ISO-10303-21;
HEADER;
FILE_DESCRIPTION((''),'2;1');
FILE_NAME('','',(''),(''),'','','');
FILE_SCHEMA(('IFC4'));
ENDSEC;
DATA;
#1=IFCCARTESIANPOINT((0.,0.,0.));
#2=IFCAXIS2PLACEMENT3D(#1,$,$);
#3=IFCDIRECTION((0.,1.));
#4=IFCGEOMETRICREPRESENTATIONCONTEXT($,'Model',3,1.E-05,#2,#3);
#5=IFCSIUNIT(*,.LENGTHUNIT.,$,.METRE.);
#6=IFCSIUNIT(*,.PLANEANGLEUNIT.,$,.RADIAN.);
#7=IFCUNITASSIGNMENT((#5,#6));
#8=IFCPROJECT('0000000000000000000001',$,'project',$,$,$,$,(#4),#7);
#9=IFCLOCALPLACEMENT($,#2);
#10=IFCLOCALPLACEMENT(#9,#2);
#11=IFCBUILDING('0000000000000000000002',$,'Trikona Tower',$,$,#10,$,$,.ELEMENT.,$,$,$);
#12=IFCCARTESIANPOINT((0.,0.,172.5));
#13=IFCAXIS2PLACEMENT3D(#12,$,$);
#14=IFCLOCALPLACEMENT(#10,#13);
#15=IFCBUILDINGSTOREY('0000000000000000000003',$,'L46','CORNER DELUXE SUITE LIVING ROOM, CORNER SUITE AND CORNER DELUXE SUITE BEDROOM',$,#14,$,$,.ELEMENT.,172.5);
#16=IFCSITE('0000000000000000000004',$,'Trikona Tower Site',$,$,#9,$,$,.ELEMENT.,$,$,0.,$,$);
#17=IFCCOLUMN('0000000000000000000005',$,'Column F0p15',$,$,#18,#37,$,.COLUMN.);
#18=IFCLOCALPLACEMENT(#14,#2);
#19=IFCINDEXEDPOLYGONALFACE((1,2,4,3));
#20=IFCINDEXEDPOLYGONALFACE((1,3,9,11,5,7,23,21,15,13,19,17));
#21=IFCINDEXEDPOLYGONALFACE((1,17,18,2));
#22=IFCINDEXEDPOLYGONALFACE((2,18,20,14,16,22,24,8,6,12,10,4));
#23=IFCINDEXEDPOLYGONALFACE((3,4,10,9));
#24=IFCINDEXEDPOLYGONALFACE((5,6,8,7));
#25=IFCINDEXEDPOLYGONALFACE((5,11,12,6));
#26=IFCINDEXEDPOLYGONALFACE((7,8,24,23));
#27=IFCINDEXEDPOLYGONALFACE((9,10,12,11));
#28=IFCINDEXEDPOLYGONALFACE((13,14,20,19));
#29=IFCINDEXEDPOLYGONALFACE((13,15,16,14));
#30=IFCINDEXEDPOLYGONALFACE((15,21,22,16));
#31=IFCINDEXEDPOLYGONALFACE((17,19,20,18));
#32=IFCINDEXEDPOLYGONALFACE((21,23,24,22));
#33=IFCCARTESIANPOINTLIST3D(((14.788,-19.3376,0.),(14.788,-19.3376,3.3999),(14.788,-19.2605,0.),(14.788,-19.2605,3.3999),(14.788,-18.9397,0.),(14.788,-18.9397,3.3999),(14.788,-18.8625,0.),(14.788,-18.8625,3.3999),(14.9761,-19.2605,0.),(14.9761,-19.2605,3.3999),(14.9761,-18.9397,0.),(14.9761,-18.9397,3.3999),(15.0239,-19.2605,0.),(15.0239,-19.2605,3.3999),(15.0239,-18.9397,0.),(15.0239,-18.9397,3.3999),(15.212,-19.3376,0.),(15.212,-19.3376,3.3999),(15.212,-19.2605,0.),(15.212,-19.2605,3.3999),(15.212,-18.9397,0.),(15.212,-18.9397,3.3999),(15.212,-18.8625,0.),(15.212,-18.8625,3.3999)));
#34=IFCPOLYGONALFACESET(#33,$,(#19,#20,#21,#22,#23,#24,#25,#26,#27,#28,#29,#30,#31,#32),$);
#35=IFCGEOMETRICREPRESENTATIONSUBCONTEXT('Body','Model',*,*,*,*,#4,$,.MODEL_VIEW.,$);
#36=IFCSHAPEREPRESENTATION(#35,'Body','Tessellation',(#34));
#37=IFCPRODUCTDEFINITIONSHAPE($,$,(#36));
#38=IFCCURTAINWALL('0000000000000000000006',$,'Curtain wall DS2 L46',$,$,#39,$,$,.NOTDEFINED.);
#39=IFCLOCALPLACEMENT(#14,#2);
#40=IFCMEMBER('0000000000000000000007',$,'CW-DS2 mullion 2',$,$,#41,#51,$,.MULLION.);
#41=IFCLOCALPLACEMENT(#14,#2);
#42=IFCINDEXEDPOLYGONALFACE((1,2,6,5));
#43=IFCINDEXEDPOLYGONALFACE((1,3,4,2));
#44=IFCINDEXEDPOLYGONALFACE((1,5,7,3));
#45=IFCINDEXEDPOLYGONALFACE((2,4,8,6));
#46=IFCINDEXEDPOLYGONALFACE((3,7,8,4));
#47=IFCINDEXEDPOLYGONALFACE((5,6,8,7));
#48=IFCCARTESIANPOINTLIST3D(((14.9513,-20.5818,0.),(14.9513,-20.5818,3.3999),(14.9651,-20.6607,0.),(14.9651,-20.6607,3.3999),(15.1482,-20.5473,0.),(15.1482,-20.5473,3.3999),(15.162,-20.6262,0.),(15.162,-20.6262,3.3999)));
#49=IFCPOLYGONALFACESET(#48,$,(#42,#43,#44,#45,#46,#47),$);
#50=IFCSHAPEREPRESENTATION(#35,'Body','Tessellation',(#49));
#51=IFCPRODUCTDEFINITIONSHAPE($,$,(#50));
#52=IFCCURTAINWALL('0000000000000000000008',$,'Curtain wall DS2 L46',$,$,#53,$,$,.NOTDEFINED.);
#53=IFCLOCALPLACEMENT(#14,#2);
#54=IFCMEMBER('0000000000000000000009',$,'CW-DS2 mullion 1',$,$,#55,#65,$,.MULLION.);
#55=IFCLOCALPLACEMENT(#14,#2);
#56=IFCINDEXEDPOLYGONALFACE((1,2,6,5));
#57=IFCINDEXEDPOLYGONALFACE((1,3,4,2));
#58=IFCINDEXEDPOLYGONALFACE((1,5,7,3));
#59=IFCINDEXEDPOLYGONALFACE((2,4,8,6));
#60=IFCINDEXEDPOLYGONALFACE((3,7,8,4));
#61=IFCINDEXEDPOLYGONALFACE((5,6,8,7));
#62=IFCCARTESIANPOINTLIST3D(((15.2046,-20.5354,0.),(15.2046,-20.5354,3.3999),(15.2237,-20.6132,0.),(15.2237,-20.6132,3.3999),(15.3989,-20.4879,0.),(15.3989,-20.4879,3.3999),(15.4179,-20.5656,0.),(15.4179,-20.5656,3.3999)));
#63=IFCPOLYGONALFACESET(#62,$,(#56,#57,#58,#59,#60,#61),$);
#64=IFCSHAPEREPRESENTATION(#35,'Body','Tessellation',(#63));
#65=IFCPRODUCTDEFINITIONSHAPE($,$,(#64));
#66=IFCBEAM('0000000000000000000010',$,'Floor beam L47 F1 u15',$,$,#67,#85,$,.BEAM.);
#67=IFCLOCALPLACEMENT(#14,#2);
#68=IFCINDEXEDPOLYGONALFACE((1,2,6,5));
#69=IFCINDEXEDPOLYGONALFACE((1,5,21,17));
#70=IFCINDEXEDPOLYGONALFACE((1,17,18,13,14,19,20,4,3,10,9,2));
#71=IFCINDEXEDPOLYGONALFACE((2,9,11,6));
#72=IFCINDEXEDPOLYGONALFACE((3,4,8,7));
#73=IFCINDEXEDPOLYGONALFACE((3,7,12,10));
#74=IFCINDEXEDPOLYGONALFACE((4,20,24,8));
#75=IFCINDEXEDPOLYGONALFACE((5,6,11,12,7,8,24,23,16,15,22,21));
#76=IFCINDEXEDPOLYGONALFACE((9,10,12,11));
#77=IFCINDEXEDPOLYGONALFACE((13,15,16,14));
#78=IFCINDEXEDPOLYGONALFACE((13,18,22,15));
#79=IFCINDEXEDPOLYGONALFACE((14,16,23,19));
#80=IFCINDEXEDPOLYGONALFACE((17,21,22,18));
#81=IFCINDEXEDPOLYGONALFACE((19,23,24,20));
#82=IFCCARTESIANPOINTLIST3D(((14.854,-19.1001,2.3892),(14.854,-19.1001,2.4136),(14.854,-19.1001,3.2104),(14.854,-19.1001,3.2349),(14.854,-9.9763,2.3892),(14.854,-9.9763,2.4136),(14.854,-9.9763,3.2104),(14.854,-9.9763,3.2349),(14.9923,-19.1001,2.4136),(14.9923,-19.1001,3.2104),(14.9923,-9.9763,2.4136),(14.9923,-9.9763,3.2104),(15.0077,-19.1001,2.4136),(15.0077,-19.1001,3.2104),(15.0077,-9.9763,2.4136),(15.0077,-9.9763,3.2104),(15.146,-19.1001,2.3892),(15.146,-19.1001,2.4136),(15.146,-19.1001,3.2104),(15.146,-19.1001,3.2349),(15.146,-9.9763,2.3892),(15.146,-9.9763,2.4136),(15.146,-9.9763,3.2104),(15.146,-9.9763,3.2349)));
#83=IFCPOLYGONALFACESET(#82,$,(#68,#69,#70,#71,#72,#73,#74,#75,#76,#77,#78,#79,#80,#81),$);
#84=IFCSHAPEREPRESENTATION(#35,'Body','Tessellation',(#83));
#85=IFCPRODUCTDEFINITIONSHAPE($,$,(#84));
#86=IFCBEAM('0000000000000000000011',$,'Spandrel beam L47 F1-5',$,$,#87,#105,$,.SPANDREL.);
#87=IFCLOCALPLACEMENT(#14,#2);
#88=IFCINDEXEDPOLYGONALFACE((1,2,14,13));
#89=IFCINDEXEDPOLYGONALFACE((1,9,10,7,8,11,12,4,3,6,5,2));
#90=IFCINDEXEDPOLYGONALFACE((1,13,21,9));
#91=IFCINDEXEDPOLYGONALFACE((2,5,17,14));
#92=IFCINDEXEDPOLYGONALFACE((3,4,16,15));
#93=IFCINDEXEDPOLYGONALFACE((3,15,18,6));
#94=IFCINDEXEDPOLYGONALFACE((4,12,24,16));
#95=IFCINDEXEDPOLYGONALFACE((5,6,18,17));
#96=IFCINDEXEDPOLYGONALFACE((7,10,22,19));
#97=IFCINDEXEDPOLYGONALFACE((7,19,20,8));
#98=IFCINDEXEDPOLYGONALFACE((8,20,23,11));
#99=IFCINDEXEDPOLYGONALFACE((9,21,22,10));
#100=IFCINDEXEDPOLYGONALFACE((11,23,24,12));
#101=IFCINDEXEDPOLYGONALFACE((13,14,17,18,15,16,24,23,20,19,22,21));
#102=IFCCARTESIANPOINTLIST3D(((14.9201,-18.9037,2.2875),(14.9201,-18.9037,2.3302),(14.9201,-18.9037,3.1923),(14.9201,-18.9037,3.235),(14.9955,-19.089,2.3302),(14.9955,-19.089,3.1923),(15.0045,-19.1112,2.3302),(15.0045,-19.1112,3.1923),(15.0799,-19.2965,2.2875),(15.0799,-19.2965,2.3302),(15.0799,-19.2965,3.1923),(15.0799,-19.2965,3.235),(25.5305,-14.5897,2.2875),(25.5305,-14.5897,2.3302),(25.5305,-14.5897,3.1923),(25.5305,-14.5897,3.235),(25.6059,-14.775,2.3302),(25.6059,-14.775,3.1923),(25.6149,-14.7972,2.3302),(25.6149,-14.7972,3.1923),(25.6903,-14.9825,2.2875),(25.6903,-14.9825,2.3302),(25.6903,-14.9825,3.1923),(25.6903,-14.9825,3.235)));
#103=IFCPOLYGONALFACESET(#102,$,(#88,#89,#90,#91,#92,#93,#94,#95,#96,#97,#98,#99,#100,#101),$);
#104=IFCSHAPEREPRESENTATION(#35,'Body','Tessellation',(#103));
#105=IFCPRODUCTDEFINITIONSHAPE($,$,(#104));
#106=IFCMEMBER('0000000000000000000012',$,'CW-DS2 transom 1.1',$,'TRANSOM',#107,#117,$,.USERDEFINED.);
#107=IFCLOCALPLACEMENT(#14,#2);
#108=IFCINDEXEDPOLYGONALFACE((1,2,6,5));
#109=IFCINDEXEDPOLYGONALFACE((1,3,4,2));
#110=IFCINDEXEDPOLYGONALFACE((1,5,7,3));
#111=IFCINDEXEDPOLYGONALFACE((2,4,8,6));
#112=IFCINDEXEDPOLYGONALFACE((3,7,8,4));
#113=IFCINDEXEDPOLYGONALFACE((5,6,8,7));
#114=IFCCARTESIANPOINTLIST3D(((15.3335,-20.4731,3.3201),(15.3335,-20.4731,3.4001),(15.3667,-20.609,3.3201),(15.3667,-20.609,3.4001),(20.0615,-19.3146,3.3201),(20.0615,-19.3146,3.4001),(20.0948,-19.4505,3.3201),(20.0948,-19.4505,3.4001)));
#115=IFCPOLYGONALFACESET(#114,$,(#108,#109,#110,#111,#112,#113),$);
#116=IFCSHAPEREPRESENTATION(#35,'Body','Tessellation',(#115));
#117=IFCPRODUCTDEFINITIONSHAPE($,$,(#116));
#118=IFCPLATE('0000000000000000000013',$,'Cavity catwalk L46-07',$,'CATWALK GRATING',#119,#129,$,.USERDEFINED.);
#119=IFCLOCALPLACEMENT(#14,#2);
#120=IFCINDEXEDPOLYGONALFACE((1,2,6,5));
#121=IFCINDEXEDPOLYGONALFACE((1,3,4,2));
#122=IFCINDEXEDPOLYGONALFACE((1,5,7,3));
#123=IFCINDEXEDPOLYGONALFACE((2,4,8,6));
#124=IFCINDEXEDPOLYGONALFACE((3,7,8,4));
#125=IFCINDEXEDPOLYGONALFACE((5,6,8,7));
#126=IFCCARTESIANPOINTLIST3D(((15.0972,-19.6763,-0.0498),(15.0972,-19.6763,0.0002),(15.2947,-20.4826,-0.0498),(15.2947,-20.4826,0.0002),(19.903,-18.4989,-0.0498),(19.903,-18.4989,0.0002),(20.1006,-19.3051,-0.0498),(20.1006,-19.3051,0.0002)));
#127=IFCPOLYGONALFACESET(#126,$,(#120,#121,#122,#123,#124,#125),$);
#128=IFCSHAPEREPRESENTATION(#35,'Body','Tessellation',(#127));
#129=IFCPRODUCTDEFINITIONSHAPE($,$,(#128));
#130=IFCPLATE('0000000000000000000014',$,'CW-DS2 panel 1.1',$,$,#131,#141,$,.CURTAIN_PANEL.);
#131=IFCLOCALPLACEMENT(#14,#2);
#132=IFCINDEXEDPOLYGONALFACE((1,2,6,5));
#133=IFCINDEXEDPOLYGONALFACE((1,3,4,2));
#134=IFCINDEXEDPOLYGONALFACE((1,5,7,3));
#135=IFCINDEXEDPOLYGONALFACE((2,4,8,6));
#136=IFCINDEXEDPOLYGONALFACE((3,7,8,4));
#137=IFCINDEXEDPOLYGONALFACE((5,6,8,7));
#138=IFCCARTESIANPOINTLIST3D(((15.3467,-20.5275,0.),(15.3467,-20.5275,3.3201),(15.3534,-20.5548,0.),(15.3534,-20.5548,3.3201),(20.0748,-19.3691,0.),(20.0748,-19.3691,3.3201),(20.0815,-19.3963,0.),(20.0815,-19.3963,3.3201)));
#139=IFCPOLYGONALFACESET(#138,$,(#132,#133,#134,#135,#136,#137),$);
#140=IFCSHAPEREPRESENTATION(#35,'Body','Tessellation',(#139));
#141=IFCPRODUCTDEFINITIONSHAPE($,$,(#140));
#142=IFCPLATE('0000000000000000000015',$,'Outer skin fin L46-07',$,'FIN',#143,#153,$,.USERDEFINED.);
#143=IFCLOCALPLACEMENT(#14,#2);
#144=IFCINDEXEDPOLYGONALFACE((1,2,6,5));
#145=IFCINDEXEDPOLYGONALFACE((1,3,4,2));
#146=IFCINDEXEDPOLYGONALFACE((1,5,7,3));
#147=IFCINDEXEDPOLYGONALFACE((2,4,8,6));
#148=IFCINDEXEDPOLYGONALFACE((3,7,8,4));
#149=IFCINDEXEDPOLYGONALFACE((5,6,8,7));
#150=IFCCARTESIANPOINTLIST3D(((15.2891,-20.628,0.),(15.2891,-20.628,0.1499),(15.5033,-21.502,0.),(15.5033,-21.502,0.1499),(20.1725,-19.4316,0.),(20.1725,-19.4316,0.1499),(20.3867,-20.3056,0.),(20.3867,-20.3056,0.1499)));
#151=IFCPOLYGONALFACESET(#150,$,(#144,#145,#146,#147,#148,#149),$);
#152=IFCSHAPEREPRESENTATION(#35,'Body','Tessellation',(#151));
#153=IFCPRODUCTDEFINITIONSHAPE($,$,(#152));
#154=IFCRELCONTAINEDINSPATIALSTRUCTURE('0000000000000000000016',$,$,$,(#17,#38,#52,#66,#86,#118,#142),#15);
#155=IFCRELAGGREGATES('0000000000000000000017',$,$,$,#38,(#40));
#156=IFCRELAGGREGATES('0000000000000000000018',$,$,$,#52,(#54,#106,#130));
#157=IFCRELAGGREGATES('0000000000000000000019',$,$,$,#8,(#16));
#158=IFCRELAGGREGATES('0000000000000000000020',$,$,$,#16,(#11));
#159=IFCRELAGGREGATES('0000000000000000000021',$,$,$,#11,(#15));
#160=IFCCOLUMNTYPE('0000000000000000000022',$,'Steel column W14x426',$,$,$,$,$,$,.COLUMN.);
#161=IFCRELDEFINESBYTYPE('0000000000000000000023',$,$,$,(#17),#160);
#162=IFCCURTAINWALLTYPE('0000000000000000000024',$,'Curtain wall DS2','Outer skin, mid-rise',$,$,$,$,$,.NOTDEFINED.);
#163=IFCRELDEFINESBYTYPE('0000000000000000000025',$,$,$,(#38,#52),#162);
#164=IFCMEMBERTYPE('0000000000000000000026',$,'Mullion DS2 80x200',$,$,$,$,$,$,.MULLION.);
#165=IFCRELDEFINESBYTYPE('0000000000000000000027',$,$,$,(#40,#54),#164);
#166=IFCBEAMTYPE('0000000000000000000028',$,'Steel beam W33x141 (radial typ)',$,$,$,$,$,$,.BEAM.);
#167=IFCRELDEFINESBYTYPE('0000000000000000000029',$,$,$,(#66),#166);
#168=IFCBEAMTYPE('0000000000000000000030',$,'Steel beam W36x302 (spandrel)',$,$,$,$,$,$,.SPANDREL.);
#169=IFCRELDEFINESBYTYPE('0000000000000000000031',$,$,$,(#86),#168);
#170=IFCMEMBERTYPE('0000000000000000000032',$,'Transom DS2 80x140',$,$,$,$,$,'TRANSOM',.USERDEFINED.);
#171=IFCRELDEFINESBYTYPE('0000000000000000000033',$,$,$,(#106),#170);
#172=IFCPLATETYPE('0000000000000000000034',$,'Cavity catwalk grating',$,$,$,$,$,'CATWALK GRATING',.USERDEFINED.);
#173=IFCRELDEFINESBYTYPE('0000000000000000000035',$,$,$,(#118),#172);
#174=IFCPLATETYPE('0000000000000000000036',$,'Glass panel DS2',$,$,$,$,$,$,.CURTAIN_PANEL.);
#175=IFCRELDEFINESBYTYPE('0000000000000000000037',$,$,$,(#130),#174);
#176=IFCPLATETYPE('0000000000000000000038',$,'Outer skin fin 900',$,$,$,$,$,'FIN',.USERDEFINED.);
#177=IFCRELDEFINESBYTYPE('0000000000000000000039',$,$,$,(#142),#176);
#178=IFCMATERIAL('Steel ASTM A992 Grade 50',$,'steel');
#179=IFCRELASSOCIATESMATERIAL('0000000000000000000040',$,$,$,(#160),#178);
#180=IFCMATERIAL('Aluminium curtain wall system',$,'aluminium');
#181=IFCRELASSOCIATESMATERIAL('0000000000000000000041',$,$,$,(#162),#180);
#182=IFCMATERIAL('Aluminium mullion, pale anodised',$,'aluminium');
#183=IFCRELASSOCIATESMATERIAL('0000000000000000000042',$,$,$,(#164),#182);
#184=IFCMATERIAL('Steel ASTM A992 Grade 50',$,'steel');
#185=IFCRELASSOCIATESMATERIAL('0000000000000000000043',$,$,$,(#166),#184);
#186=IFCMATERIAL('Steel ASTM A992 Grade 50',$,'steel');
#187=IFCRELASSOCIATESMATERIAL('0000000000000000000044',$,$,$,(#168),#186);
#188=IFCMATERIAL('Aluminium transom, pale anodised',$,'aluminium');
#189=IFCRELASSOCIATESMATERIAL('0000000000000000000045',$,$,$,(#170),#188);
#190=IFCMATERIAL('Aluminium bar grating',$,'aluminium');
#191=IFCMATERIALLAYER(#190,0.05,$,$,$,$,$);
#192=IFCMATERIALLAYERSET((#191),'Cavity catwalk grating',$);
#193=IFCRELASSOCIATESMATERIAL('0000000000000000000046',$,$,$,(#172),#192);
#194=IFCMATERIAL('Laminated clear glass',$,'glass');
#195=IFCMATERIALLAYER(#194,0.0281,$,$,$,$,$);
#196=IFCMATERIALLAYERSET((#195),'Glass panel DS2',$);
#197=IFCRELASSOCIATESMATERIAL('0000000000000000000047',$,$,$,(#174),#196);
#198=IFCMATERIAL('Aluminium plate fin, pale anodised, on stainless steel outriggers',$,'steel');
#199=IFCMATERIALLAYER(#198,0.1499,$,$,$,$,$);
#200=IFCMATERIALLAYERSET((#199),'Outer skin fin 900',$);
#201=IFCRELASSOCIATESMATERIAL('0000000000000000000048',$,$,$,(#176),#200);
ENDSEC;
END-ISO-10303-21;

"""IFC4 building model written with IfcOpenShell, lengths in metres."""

from ifc_helpers import new_model, si_unit, direction, frame, origin, origin_2d, place, context, subcontext, project, spatial, rectangle, i_section, extrude, material, layer, layer_set, material_profile, profile_set, type_object, element, aggregate, save


model = new_model("IFC4")

# Units and contexts
model_context = context("Model", 3, precision=1e-05, world=origin(), true_north=direction((0.0, 1.0)))
body_context = subcontext(model_context, "Body", "Model", "MODEL_VIEW")
ifc_project = project(units=[si_unit("LENGTHUNIT", "METRE"), si_unit("PLANEANGLEUNIT", "RADIAN")], contexts=[model_context])

# Site, building, storey
site_placement = place(None, origin())
site = spatial("IfcSite", under=ifc_project, at=site_placement, Name="Trikona Tower Site", CompositionType="ELEMENT", RefElevation=0.0)
building_placement = place(site_placement, origin())
building = spatial("IfcBuilding", under=site, at=building_placement, Name="Trikona Tower", CompositionType="ELEMENT")
storey_placement = place(building_placement, frame((0.0, 0.0, 172.5)))
storey = spatial("IfcBuildingStorey", under=building, at=storey_placement, Name="L46", Description="CORNER DELUXE SUITE LIVING ROOM, CORNER SUITE AND CORNER DELUXE SUITE BEDROOM", CompositionType="ELEMENT", Elevation=172.5)

# Column
ifc_material_1 = material(Name="Steel ASTM A992 Grade 50", Category="steel")
ifc_material_profile_1 = material_profile(ifc_material_1, i_section(OverallWidth=0.4241, OverallDepth=0.4751, WebThickness=0.0479, FlangeThickness=0.0771, at=origin_2d()), Name="W14X426")
ifc_profile_set_1 = profile_set([ifc_material_profile_1], Name="Steel ASTM A992 Grade 50")
column_type = type_object("IfcColumnType", Name="Steel column W14x426", PredefinedType="COLUMN", material=ifc_profile_set_1)
column_placement = place(storey_placement, frame((15.0, -19.1001, 0.0), z_axis=(0.0, 0.0, 1.0), x_axis=(1.0, 0.0, 0.0)))
element("IfcColumn", 1, at=column_placement, inside=storey, type_object=column_type, Name="Column F0p15", PredefinedType="COLUMN", context=body_context, shape_type="SweptSolid", body=[
    extrude(i_section(OverallWidth=0.4241, OverallDepth=0.4751, WebThickness=0.0479, FlangeThickness=0.0771, at=origin_2d()), origin(), (0.0, 0.0, 1.0), 3.3999),
])

# Curtain walls, members
ifc_material_2 = material(Name="Aluminium curtain wall system", Category="aluminium")
curtain_wall_type = type_object("IfcCurtainWallType", Name="Curtain wall DS2", Description="Outer skin, mid-rise", PredefinedType="NOTDEFINED", material=ifc_material_2)
curtain_wall_1_placement = place(storey_placement, origin())
curtain_wall_1 = element("IfcCurtainWall", 2, at=curtain_wall_1_placement, inside=storey, type_object=curtain_wall_type, Name="Curtain wall DS2 L46", PredefinedType="NOTDEFINED")
ifc_material_3 = material(Name="Aluminium mullion, pale anodised", Category="aluminium")
ifc_material_profile_2 = material_profile(ifc_material_3, rectangle(XDim=0.0801, YDim=0.2, at=origin_2d()), Name="MUL-DS2")
ifc_profile_set_2 = profile_set([ifc_material_profile_2], Name="Aluminium mullion, pale anodised")
member_type_1 = type_object("IfcMemberType", Name="Mullion DS2 80x200", PredefinedType="MULLION", material=ifc_profile_set_2)
member_1_placement = place(storey_placement, frame((15.0566, -20.604, 0.0), z_axis=(0.0, 0.0, 1.0), x_axis=(-0.172377, 0.985031, 0.0)))
member_1 = element("IfcMember", 3, at=member_1_placement, type_object=member_type_1, Name="CW-DS2 mullion 2", PredefinedType="MULLION", context=body_context, shape_type="SweptSolid", body=[
    extrude(rectangle(XDim=0.0801, YDim=0.2, at=origin_2d()), origin(), (0.0, 0.0, 1.0), 3.3999),
])
aggregate(curtain_wall_1, [member_1])
curtain_wall_2_placement = place(storey_placement, origin())
curtain_wall_2 = element("IfcCurtainWall", 4, at=curtain_wall_2_placement, inside=storey, type_object=curtain_wall_type, Name="Curtain wall DS2 L46", PredefinedType="NOTDEFINED")
member_2_placement = place(storey_placement, frame((15.3113, -20.5505, 0.0), z_axis=(0.0, 0.0, 1.0), x_axis=(-0.23797, 0.971272, 0.0)))
member_2 = element("IfcMember", 5, at=member_2_placement, type_object=member_type_1, Name="CW-DS2 mullion 1", PredefinedType="MULLION", context=body_context, shape_type="SweptSolid", body=[
    extrude(rectangle(XDim=0.0801, YDim=0.2, at=origin_2d()), origin(), (0.0, 0.0, 1.0), 3.3999),
])

# Beams
ifc_material_4 = material(Name="Steel ASTM A992 Grade 50", Category="steel")
ifc_material_profile_3 = material_profile(ifc_material_4, i_section(OverallWidth=0.292, OverallDepth=0.8457, WebThickness=0.0154, FlangeThickness=0.0244, at=origin_2d()), Name="W33X141")
ifc_profile_set_3 = profile_set([ifc_material_profile_3], Name="Steel ASTM A992 Grade 50")
beam_type_1 = type_object("IfcBeamType", Name="Steel beam W33x141 (radial typ)", PredefinedType="BEAM", material=ifc_profile_set_3)
beam_1_placement = place(storey_placement, frame((15.0, -9.9763, 2.812), z_axis=(0.0, -1.0, 0.0), x_axis=(1.0, 0.0, 0.0)))
element("IfcBeam", 6, at=beam_1_placement, inside=storey, type_object=beam_type_1, Name="Floor beam L47 F1 u15", PredefinedType="BEAM", context=body_context, shape_type="SweptSolid", body=[
    extrude(i_section(OverallWidth=0.292, OverallDepth=0.8457, WebThickness=0.0154, FlangeThickness=0.0244, at=origin_2d()), origin(), (0.0, 0.0, 1.0), 9.1238),
])
ifc_material_5 = material(Name="Steel ASTM A992 Grade 50", Category="steel")
ifc_material_profile_4 = material_profile(ifc_material_5, i_section(OverallWidth=0.4241, OverallDepth=0.9475, WebThickness=0.0239, FlangeThickness=0.0427, at=origin_2d()), Name="W36X302")
ifc_profile_set_4 = profile_set([ifc_material_profile_4], Name="Steel ASTM A992 Grade 50")
beam_type_2 = type_object("IfcBeamType", Name="Steel beam W36x302 (spandrel)", PredefinedType="SPANDREL", material=ifc_profile_set_4)
beam_2_placement = place(storey_placement, frame((15.0, -19.1001, 2.7612), z_axis=(0.92636, 0.37664, 0.0), x_axis=(-0.37664, 0.92636, 0.0)))
element("IfcBeam", 7, at=beam_2_placement, inside=storey, type_object=beam_type_2, Name="Spandrel beam L47 F1-5", PredefinedType="SPANDREL", context=body_context, shape_type="SweptSolid", body=[
    extrude(i_section(OverallWidth=0.4241, OverallDepth=0.9475, WebThickness=0.0239, FlangeThickness=0.0427, at=origin_2d()), origin(), (0.0, 0.0, 1.0), 11.4539),
])

# Member
ifc_material_6 = material(Name="Aluminium transom, pale anodised", Category="aluminium")
ifc_material_profile_5 = material_profile(ifc_material_6, rectangle(XDim=0.1399, YDim=0.0801, at=origin_2d()), Name="TRN-DS2")
ifc_profile_set_5 = profile_set([ifc_material_profile_5], Name="Aluminium transom, pale anodised")
member_type_2 = type_object("IfcMemberType", Name="Transom DS2 80x140", ElementType="TRANSOM", PredefinedType="USERDEFINED", material=ifc_profile_set_5)
member_3_placement = place(storey_placement, frame((15.3501, -20.541, 3.3601), z_axis=(0.971271, 0.237978, 0.0), x_axis=(-0.237978, 0.971271, 0.0)))
member_3 = element("IfcMember", 8, at=member_3_placement, type_object=member_type_2, Name="CW-DS2 transom 1.1", ObjectType="TRANSOM", PredefinedType="USERDEFINED", context=body_context, shape_type="SweptSolid", body=[
    extrude(rectangle(XDim=0.1399, YDim=0.0801, at=origin_2d()), origin(), (0.0, 0.0, 1.0), 4.8679),
])

# Plates
ifc_material_7 = material(Name="Aluminium bar grating", Category="aluminium")
ifc_layer_1 = layer(ifc_material_7, 0.05)
ifc_layer_set_1 = layer_set([ifc_layer_1], Name="Cavity catwalk grating")
plate_type_1 = type_object("IfcPlateType", Name="Cavity catwalk grating", ElementType="CATWALK GRATING", PredefinedType="USERDEFINED", material=ifc_layer_set_1)
plate_1_placement = place(storey_placement, frame((17.5989, -19.4907, -0.0498), z_axis=(0.0, 0.0, 1.0), x_axis=(0.971274, 0.237962, 0.0)))
element("IfcPlate", 9, at=plate_1_placement, inside=storey, type_object=plate_type_1, Name="Cavity catwalk L46-07", ObjectType="CATWALK GRATING", PredefinedType="USERDEFINED", context=body_context, shape_type="SweptSolid", body=[
    extrude(rectangle(XDim=4.948, YDim=0.8301, at=origin_2d()), origin(), (0.0, 0.0, 1.0), 0.05),
])
ifc_material_8 = material(Name="Laminated clear glass", Category="glass")
ifc_layer_2 = layer(ifc_material_8, 0.0281)
ifc_layer_set_2 = layer_set([ifc_layer_2], Name="Glass panel DS2")
plate_type_2 = type_object("IfcPlateType", Name="Glass panel DS2", PredefinedType="CURTAIN_PANEL", material=ifc_layer_set_2)
plate_2_placement = place(storey_placement, frame((17.7141, -19.9619, 0.0), z_axis=(0.0, 0.0, 1.0), x_axis=(0.971272, 0.23797, 0.0)))
plate_2 = element("IfcPlate", 10, at=plate_2_placement, type_object=plate_type_2, Name="CW-DS2 panel 1.1", PredefinedType="CURTAIN_PANEL", context=body_context, shape_type="SweptSolid", body=[
    extrude(rectangle(XDim=4.8679, YDim=0.0281, at=origin_2d()), origin(), (0.0, 0.0, 1.0), 3.3201),
])
aggregate(curtain_wall_2, [member_2, member_3, plate_2])
ifc_material_9 = material(Name="Aluminium plate fin, pale anodised, on stainless steel outriggers", Category="steel")
ifc_layer_3 = layer(ifc_material_9, 0.1499)
ifc_layer_set_3 = layer_set([ifc_layer_3], Name="Outer skin fin 900")
plate_type_3 = type_object("IfcPlateType", Name="Outer skin fin 900", ElementType="FIN", PredefinedType="USERDEFINED", material=ifc_layer_set_3)
plate_3_placement = place(storey_placement, frame((17.8379, -20.4668, 0.0), z_axis=(0.0, 0.0, 1.0), x_axis=(0.971274, 0.237962, 0.0)))
element("IfcPlate", 11, at=plate_3_placement, inside=storey, type_object=plate_type_3, Name="Outer skin fin L46-07", ObjectType="FIN", PredefinedType="USERDEFINED", context=body_context, shape_type="SweptSolid", body=[
    extrude(rectangle(XDim=5.0278, YDim=0.8999, at=origin_2d()), origin(), (0.0, 0.0, 1.0), 0.1499),
])

save(model, "model.ifc")
